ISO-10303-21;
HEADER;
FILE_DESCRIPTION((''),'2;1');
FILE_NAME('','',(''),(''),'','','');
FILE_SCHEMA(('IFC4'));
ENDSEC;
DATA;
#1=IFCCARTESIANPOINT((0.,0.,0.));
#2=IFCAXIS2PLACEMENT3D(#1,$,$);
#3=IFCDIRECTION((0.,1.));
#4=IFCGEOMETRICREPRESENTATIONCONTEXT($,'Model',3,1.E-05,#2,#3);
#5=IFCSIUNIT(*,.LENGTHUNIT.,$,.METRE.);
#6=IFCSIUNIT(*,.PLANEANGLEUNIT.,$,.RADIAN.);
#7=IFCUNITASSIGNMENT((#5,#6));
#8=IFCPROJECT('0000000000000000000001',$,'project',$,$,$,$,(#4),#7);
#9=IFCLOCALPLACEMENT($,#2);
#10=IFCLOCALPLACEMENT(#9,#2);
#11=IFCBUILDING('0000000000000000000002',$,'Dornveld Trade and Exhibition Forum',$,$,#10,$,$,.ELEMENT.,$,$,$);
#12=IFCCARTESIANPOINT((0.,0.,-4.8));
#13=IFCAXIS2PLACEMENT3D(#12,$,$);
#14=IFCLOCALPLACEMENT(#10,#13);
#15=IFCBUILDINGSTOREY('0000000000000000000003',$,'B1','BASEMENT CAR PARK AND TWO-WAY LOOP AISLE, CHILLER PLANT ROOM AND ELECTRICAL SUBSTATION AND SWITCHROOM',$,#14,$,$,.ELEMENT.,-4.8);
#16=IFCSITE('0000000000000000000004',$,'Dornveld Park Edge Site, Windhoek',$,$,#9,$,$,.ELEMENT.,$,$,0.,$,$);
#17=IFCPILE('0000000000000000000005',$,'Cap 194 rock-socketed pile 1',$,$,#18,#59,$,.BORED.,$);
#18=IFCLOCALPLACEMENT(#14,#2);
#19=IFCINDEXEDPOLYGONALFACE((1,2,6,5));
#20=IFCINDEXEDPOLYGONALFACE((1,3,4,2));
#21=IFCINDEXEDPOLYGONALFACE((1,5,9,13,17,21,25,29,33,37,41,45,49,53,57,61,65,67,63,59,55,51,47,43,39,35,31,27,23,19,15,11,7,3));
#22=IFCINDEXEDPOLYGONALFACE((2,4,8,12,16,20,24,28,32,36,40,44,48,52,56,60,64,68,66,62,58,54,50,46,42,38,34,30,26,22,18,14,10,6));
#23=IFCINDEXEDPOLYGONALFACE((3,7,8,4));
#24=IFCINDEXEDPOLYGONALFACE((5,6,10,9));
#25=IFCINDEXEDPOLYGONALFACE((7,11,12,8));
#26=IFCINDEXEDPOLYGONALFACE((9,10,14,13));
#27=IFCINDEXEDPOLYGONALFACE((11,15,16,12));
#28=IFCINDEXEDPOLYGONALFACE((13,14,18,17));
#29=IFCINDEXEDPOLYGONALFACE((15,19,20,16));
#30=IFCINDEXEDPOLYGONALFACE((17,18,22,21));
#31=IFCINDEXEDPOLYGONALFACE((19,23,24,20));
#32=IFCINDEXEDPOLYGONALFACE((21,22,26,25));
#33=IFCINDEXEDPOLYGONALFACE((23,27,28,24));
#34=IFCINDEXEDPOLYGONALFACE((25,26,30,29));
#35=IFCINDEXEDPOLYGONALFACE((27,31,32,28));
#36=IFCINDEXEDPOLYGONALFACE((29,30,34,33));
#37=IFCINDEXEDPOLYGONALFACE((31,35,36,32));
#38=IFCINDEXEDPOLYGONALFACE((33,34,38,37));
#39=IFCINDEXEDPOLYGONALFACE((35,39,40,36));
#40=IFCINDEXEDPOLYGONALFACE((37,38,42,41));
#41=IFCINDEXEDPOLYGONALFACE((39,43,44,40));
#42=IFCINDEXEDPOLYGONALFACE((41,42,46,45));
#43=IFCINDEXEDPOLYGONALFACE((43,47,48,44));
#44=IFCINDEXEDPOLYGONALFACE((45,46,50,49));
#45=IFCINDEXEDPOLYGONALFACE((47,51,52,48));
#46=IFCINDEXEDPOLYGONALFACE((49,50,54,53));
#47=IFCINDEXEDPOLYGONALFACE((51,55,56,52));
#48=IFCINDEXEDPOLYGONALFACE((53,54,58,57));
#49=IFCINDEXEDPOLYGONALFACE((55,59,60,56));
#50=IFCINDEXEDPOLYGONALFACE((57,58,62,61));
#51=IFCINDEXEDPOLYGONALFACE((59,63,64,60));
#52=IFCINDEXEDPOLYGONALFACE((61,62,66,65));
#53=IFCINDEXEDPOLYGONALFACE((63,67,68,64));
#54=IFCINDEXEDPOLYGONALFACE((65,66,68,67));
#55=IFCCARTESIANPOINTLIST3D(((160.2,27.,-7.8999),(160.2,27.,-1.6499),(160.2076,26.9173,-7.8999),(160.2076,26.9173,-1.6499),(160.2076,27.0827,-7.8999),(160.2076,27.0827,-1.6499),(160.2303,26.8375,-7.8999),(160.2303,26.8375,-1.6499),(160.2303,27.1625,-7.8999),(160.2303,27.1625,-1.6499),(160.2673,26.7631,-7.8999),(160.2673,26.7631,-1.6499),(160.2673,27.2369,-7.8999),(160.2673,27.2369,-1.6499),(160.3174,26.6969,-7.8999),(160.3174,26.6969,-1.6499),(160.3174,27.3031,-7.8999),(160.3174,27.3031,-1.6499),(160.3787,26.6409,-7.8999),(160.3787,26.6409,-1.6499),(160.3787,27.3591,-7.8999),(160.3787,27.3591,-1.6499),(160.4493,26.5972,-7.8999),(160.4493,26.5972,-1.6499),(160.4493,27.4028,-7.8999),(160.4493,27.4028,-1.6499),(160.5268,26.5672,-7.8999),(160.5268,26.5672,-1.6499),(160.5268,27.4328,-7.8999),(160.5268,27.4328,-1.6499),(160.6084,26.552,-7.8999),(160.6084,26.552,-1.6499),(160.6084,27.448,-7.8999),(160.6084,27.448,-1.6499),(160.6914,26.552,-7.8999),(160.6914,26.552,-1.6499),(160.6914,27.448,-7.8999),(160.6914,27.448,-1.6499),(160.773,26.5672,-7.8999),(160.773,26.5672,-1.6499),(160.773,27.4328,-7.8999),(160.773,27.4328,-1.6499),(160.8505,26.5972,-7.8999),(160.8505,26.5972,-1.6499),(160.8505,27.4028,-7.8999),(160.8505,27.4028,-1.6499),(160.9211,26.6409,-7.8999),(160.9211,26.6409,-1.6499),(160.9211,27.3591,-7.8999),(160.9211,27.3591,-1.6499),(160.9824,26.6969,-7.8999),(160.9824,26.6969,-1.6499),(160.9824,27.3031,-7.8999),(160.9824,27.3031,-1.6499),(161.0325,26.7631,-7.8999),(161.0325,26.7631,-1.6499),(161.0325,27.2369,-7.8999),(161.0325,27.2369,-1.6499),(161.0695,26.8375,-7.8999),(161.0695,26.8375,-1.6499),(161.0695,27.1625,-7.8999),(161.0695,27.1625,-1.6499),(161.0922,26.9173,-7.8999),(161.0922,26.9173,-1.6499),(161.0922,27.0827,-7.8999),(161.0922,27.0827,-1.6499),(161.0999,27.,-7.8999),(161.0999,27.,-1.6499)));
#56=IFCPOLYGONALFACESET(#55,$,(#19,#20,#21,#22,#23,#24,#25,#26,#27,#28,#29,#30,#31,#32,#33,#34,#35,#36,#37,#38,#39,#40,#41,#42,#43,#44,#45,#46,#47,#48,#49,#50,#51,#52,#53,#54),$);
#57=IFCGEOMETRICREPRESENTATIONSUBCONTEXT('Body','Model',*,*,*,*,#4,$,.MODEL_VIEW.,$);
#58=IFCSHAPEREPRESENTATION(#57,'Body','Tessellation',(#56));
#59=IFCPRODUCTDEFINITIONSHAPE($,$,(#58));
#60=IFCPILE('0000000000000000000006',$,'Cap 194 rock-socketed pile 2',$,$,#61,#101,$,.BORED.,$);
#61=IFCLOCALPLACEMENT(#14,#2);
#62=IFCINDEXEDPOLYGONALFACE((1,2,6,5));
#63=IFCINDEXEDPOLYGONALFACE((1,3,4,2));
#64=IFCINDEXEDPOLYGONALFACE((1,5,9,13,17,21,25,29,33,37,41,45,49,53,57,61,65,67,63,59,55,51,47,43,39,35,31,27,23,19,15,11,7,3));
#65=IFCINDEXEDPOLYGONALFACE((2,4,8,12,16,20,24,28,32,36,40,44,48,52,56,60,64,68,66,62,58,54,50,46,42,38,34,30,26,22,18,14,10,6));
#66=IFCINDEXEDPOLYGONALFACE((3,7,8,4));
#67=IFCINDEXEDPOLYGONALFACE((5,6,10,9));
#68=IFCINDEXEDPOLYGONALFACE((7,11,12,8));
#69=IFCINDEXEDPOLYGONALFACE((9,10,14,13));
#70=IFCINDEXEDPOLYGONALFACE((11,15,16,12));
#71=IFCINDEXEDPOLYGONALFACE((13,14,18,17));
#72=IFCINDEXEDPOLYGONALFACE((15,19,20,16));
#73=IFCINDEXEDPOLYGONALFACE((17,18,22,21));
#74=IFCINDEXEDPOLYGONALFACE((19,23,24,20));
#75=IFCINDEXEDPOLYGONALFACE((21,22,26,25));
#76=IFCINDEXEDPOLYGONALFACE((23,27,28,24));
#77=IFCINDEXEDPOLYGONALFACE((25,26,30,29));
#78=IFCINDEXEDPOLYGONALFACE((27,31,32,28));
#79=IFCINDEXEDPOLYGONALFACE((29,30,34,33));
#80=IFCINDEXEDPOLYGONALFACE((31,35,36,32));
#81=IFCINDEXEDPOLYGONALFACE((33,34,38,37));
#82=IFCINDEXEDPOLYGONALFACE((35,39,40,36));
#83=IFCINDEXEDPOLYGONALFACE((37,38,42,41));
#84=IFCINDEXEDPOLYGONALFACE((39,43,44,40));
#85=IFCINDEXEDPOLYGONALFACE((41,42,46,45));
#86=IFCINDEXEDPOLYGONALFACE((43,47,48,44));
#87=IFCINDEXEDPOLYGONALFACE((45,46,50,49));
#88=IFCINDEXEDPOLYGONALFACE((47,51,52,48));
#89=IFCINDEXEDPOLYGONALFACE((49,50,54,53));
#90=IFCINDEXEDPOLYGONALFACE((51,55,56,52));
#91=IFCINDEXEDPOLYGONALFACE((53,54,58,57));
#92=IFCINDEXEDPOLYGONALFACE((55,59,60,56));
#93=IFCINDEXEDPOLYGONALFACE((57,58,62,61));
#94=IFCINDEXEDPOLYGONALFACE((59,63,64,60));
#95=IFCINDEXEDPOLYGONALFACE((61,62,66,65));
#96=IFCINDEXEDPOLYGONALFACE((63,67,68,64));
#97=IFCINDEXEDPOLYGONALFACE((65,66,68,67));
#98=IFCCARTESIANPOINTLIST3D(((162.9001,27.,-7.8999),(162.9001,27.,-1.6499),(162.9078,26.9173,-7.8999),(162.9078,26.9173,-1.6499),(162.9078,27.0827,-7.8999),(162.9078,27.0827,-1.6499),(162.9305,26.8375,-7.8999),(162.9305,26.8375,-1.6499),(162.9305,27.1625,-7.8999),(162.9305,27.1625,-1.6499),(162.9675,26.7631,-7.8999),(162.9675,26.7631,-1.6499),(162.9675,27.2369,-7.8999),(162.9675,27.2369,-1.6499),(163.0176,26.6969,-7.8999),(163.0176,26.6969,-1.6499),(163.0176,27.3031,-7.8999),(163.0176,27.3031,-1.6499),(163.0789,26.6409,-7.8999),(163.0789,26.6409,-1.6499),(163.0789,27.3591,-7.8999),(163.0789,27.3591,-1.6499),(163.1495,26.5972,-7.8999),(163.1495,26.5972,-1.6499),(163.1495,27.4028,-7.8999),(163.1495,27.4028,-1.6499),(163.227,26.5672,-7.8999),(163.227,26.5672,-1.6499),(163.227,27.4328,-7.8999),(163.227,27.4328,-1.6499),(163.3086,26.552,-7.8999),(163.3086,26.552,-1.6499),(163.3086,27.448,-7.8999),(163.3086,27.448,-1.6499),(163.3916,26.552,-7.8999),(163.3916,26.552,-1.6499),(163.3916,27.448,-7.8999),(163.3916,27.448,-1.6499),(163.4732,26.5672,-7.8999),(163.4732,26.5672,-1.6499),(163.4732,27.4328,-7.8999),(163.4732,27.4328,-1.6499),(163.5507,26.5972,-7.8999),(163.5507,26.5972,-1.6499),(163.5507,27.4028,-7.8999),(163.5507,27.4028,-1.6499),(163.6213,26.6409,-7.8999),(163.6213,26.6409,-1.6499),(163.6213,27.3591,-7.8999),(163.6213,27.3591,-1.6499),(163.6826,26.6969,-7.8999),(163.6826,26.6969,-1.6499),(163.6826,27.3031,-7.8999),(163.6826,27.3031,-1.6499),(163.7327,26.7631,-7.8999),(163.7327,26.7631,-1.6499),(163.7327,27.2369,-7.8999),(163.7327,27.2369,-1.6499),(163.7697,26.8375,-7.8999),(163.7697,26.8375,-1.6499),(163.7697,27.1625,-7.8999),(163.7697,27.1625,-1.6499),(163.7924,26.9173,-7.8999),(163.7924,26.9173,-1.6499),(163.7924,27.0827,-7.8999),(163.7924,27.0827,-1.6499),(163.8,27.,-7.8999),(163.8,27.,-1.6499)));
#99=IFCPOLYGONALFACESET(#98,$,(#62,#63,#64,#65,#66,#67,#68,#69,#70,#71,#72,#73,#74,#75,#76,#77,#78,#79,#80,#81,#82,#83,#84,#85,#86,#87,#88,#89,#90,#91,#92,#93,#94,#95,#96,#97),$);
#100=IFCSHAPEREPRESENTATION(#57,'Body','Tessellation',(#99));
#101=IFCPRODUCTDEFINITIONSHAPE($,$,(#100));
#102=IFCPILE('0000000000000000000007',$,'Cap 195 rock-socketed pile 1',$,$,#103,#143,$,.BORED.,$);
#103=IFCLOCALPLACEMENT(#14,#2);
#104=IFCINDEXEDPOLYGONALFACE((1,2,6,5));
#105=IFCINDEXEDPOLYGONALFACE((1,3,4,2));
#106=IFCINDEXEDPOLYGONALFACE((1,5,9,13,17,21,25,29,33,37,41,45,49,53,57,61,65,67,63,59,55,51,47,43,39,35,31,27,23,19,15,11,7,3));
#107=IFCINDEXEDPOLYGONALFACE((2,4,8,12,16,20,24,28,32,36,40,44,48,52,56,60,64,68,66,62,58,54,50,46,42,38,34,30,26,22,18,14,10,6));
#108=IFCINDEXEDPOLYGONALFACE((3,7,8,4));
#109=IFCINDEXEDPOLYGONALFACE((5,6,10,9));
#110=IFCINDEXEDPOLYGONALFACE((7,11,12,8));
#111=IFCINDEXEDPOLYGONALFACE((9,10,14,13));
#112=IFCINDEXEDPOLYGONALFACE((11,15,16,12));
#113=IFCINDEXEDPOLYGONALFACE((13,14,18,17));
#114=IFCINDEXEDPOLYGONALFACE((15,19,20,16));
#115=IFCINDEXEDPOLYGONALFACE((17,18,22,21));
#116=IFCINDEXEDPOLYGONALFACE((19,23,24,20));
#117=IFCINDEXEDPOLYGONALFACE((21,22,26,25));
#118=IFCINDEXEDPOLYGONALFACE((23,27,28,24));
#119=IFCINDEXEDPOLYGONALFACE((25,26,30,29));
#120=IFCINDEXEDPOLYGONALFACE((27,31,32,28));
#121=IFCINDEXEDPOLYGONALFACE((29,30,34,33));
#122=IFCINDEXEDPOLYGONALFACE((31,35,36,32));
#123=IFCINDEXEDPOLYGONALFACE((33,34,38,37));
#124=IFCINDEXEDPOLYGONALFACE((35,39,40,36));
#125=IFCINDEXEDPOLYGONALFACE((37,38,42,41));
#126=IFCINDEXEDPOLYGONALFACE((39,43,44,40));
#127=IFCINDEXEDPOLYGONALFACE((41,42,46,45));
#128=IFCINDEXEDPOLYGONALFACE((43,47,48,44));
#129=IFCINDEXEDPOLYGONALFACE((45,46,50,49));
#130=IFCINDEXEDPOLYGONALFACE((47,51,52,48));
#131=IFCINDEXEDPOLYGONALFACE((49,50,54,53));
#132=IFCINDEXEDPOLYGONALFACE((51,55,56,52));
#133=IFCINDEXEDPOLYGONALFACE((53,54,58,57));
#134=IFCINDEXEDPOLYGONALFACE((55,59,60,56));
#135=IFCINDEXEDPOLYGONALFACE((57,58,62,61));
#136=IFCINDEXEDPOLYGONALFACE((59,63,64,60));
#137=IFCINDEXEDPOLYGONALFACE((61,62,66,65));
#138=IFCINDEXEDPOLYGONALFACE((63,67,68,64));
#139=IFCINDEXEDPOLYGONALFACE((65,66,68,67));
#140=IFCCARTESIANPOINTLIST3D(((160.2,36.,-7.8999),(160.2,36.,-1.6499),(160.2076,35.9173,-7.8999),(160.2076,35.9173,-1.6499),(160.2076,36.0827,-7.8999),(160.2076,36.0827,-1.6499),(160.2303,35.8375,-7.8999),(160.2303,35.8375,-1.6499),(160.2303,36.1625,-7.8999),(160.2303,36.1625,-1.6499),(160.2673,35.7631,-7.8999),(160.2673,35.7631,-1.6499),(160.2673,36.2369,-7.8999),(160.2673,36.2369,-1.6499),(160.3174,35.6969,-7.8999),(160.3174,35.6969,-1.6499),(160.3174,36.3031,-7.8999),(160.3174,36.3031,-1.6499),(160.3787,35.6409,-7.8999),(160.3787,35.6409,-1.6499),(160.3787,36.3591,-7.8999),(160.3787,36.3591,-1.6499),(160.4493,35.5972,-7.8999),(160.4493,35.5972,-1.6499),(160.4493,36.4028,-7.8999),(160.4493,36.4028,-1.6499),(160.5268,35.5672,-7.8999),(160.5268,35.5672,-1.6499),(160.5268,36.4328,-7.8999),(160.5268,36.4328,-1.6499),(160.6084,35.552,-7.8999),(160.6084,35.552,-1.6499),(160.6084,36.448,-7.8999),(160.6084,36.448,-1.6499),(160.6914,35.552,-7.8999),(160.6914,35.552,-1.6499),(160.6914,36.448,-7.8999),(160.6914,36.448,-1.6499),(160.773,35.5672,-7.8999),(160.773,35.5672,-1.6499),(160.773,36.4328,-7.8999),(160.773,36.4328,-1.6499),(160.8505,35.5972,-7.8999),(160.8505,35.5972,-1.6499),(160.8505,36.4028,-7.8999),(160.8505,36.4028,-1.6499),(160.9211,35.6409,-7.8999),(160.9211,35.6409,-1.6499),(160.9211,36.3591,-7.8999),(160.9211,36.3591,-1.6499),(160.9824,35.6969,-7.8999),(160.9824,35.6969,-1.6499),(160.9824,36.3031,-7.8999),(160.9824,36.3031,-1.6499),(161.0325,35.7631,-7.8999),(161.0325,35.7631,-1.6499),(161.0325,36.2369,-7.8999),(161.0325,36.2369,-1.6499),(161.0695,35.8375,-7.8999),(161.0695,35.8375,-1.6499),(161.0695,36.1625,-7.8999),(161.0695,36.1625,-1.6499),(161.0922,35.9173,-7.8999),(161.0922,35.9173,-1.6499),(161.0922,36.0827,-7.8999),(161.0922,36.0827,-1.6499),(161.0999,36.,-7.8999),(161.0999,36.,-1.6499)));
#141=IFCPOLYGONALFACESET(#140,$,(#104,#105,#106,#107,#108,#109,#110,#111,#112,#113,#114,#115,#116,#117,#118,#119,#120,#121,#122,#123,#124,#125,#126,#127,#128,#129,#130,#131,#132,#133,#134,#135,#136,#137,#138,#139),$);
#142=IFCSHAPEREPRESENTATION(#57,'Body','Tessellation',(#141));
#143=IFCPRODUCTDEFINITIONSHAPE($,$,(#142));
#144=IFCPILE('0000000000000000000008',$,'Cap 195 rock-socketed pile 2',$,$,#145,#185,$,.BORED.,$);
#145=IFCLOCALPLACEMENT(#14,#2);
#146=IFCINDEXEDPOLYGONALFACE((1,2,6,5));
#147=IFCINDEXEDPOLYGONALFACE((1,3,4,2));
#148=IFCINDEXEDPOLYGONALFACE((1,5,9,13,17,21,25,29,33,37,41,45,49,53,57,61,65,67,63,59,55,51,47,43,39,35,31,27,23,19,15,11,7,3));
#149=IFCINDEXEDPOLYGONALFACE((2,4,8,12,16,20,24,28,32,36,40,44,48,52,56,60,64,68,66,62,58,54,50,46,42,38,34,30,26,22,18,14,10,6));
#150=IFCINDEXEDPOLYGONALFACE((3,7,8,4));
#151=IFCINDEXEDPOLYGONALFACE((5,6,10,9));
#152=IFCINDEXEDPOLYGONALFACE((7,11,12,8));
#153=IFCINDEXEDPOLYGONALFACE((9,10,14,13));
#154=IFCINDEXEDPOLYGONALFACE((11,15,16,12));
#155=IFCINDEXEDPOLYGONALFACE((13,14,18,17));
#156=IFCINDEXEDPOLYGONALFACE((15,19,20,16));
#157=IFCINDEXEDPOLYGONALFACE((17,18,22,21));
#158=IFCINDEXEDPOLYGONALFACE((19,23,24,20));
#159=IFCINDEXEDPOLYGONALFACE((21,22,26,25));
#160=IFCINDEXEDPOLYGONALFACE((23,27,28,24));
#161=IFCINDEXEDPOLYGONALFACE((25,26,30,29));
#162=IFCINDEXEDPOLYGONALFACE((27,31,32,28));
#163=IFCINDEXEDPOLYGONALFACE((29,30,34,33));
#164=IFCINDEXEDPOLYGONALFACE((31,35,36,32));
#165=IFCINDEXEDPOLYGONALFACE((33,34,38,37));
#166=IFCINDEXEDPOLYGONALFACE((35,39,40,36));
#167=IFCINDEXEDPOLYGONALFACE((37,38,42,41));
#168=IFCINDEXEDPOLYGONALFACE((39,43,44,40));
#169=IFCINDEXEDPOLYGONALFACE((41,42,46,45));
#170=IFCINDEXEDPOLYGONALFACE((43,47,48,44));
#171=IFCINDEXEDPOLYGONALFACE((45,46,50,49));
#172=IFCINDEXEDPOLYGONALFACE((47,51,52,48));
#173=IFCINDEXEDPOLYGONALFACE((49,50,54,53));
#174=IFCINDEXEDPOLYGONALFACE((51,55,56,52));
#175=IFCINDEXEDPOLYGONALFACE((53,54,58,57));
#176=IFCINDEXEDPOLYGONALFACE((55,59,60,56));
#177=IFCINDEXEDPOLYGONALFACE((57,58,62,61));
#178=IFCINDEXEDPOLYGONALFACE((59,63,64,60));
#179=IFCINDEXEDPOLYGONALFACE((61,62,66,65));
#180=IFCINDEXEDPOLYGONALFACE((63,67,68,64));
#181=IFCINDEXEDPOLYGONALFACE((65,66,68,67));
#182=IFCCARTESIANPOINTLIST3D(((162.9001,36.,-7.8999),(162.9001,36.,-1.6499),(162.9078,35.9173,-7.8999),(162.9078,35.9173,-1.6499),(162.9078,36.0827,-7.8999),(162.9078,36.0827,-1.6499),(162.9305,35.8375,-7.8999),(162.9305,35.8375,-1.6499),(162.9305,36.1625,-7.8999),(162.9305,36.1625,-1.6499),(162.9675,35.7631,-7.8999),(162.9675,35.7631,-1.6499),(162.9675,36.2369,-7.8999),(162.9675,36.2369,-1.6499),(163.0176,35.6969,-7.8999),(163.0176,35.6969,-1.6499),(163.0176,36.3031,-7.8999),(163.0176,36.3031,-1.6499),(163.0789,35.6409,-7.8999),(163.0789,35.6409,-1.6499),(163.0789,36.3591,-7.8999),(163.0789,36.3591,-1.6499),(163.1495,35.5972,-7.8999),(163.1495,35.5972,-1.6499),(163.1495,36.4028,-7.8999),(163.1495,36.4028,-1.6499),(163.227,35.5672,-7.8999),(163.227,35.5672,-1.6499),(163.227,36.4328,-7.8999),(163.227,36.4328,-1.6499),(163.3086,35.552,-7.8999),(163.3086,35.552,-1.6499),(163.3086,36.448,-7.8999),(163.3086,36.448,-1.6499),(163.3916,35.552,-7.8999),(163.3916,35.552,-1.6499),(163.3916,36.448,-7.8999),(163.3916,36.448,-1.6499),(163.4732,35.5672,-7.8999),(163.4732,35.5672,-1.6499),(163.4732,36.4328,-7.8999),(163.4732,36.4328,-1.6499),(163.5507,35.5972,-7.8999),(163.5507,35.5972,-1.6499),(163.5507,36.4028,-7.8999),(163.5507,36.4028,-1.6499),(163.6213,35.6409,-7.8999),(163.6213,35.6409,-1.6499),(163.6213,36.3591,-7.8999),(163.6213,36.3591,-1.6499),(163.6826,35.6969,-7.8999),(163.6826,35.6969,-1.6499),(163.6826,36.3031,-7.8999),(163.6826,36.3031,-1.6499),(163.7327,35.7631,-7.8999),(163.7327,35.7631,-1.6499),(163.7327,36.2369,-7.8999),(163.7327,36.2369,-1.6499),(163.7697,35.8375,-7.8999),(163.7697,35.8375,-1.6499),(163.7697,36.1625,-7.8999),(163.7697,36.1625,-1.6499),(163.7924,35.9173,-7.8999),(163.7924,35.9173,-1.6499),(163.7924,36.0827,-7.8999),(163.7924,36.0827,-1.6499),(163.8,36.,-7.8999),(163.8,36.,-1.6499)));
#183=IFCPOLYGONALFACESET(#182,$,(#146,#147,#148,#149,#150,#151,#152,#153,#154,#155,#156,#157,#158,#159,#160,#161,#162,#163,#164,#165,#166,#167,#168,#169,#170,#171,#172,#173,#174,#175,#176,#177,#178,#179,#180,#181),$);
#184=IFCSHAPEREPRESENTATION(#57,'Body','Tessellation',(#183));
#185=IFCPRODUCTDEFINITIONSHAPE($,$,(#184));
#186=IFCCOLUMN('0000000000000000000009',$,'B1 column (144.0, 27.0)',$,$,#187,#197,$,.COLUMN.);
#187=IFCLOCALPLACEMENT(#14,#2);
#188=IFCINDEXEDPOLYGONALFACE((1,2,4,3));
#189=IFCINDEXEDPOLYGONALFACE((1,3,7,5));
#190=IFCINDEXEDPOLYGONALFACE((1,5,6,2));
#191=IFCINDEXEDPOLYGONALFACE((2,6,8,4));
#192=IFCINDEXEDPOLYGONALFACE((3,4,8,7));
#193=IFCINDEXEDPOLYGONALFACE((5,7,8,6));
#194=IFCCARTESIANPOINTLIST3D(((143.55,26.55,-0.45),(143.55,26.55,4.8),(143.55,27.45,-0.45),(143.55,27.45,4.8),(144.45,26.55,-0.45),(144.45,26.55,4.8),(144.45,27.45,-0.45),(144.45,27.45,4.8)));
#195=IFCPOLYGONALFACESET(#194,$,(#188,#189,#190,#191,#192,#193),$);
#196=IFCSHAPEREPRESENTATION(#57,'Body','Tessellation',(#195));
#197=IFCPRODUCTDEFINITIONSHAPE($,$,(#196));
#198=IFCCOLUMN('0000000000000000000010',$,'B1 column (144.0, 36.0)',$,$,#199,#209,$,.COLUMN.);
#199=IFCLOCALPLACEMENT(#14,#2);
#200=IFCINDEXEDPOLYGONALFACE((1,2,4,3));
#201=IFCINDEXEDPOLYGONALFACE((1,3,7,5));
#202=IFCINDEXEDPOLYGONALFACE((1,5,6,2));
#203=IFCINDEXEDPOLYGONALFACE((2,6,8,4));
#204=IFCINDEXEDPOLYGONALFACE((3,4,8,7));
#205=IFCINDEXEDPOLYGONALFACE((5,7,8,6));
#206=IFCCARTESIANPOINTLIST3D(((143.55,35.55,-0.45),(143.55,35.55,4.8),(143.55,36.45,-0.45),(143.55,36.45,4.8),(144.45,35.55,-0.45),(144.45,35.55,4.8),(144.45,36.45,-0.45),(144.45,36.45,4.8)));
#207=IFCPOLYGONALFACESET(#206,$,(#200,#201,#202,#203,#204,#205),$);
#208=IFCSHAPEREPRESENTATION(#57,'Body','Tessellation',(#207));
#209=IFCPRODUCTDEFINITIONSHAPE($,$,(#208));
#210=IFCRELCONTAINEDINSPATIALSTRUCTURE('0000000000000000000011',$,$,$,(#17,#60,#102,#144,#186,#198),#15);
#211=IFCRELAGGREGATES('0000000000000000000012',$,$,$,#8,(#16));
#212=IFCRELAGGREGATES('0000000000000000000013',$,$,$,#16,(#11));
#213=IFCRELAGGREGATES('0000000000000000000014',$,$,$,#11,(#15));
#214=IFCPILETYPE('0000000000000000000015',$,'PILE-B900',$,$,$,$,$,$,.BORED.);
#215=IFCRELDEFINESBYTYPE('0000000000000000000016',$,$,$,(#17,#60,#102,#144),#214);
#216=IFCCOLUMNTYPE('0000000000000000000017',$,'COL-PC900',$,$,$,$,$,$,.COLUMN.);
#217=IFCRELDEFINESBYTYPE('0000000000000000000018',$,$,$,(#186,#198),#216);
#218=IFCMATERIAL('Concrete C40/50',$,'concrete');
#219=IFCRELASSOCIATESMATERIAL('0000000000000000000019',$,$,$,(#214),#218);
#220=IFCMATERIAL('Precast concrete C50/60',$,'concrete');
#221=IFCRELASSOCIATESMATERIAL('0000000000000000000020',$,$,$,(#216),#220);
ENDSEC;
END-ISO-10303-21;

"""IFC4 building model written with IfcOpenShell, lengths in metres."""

from ifc_helpers import new_model, si_unit, direction, frame, origin, origin_2d, place, context, subcontext, project, spatial, rectangle, circle, extrude, material, material_profile, profile_set, type_object, element, save


model = new_model("IFC4")

# Units and contexts
model_context = context("Model", 3, precision=1e-05, world=origin(), true_north=direction((0.0, 1.0)))
body_context = subcontext(model_context, "Body", "Model", "MODEL_VIEW")
ifc_project = project(units=[si_unit("LENGTHUNIT", "METRE"), si_unit("PLANEANGLEUNIT", "RADIAN")], contexts=[model_context])

# Site, building, storey
site_placement = place(None, origin())
site = spatial("IfcSite", under=ifc_project, at=site_placement, Name="Dornveld Park Edge Site, Windhoek", CompositionType="ELEMENT", RefElevation=0.0)
building_placement = place(site_placement, origin())
building = spatial("IfcBuilding", under=site, at=building_placement, Name="Dornveld Trade and Exhibition Forum", CompositionType="ELEMENT")
storey_placement = place(building_placement, frame((0.0, 0.0, -4.8)))
storey = spatial("IfcBuildingStorey", under=building, at=storey_placement, Name="B1", Description="BASEMENT CAR PARK AND TWO-WAY LOOP AISLE, CHILLER PLANT ROOM AND ELECTRICAL SUBSTATION AND SWITCHROOM", CompositionType="ELEMENT", Elevation=-4.8)

# Piles
ifc_material_1 = material(Name="Concrete C40/50", Category="concrete")
ifc_material_profile_1 = material_profile(ifc_material_1, circle(Radius=0.45, at=origin_2d()), Name="PILE D900")
ifc_profile_set_1 = profile_set([ifc_material_profile_1], Name="Concrete C40/50")
pile_type = type_object("IfcPileType", Name="PILE-B900", PredefinedType="BORED", material=ifc_profile_set_1)
for number, where, z_axis, x_axis, name in (
    (1, (160.6499, 27.0, -1.6499), (0.0, 0.0, -1.0), (1.0, 0.0, 0.0), "Cap 194 rock-socketed pile 1"),
    (2, (163.3501, 27.0, -1.6499), (0.0, 0.0, -1.0), (1.0, 0.0, 0.0), "Cap 194 rock-socketed pile 2"),
    (3, (160.6499, 36.0, -1.6499), (0.0, 0.0, -1.0), (1.0, 0.0, 0.0), "Cap 195 rock-socketed pile 1"),
    (4, (163.3501, 36.0, -1.6499), (0.0, 0.0, -1.0), (1.0, 0.0, 0.0), "Cap 195 rock-socketed pile 2"),
):
    element("IfcPile", number, at=place(storey_placement, frame(where, z_axis=z_axis, x_axis=x_axis)), inside=storey, type_object=pile_type, Name=name, PredefinedType="BORED", context=body_context, shape_type="SweptSolid", body=[
        extrude(circle(Radius=0.45, at=origin_2d()), origin(), (0.0, 0.0, 1.0), 6.25),
    ])

# Columns
ifc_material_2 = material(Name="Precast concrete C50/60", Category="concrete")
ifc_material_profile_2 = material_profile(ifc_material_2, rectangle(XDim=0.8999, YDim=0.8999, at=origin_2d()), Name="PC-COL 900x900")
ifc_profile_set_2 = profile_set([ifc_material_profile_2], Name="Precast concrete C50/60")
column_type = type_object("IfcColumnType", Name="COL-PC900", PredefinedType="COLUMN", material=ifc_profile_set_2)
for number, where, z_axis, x_axis, name in (
    (5, (144.0, 27.0, -0.45), (0.0, 0.0, 1.0), (1.0, 0.0, 0.0), "B1 column (144.0, 27.0)"),
    (6, (144.0, 36.0, -0.45), (0.0, 0.0, 1.0), (1.0, 0.0, 0.0), "B1 column (144.0, 36.0)"),
):
    element("IfcColumn", number, at=place(storey_placement, frame(where, z_axis=z_axis, x_axis=x_axis)), inside=storey, type_object=column_type, Name=name, PredefinedType="COLUMN", context=body_context, shape_type="SweptSolid", body=[
        extrude(rectangle(XDim=0.8999, YDim=0.8999, at=origin_2d()), origin(), (0.0, 0.0, 1.0), 5.25),
    ])

save(model, "model.ifc")
